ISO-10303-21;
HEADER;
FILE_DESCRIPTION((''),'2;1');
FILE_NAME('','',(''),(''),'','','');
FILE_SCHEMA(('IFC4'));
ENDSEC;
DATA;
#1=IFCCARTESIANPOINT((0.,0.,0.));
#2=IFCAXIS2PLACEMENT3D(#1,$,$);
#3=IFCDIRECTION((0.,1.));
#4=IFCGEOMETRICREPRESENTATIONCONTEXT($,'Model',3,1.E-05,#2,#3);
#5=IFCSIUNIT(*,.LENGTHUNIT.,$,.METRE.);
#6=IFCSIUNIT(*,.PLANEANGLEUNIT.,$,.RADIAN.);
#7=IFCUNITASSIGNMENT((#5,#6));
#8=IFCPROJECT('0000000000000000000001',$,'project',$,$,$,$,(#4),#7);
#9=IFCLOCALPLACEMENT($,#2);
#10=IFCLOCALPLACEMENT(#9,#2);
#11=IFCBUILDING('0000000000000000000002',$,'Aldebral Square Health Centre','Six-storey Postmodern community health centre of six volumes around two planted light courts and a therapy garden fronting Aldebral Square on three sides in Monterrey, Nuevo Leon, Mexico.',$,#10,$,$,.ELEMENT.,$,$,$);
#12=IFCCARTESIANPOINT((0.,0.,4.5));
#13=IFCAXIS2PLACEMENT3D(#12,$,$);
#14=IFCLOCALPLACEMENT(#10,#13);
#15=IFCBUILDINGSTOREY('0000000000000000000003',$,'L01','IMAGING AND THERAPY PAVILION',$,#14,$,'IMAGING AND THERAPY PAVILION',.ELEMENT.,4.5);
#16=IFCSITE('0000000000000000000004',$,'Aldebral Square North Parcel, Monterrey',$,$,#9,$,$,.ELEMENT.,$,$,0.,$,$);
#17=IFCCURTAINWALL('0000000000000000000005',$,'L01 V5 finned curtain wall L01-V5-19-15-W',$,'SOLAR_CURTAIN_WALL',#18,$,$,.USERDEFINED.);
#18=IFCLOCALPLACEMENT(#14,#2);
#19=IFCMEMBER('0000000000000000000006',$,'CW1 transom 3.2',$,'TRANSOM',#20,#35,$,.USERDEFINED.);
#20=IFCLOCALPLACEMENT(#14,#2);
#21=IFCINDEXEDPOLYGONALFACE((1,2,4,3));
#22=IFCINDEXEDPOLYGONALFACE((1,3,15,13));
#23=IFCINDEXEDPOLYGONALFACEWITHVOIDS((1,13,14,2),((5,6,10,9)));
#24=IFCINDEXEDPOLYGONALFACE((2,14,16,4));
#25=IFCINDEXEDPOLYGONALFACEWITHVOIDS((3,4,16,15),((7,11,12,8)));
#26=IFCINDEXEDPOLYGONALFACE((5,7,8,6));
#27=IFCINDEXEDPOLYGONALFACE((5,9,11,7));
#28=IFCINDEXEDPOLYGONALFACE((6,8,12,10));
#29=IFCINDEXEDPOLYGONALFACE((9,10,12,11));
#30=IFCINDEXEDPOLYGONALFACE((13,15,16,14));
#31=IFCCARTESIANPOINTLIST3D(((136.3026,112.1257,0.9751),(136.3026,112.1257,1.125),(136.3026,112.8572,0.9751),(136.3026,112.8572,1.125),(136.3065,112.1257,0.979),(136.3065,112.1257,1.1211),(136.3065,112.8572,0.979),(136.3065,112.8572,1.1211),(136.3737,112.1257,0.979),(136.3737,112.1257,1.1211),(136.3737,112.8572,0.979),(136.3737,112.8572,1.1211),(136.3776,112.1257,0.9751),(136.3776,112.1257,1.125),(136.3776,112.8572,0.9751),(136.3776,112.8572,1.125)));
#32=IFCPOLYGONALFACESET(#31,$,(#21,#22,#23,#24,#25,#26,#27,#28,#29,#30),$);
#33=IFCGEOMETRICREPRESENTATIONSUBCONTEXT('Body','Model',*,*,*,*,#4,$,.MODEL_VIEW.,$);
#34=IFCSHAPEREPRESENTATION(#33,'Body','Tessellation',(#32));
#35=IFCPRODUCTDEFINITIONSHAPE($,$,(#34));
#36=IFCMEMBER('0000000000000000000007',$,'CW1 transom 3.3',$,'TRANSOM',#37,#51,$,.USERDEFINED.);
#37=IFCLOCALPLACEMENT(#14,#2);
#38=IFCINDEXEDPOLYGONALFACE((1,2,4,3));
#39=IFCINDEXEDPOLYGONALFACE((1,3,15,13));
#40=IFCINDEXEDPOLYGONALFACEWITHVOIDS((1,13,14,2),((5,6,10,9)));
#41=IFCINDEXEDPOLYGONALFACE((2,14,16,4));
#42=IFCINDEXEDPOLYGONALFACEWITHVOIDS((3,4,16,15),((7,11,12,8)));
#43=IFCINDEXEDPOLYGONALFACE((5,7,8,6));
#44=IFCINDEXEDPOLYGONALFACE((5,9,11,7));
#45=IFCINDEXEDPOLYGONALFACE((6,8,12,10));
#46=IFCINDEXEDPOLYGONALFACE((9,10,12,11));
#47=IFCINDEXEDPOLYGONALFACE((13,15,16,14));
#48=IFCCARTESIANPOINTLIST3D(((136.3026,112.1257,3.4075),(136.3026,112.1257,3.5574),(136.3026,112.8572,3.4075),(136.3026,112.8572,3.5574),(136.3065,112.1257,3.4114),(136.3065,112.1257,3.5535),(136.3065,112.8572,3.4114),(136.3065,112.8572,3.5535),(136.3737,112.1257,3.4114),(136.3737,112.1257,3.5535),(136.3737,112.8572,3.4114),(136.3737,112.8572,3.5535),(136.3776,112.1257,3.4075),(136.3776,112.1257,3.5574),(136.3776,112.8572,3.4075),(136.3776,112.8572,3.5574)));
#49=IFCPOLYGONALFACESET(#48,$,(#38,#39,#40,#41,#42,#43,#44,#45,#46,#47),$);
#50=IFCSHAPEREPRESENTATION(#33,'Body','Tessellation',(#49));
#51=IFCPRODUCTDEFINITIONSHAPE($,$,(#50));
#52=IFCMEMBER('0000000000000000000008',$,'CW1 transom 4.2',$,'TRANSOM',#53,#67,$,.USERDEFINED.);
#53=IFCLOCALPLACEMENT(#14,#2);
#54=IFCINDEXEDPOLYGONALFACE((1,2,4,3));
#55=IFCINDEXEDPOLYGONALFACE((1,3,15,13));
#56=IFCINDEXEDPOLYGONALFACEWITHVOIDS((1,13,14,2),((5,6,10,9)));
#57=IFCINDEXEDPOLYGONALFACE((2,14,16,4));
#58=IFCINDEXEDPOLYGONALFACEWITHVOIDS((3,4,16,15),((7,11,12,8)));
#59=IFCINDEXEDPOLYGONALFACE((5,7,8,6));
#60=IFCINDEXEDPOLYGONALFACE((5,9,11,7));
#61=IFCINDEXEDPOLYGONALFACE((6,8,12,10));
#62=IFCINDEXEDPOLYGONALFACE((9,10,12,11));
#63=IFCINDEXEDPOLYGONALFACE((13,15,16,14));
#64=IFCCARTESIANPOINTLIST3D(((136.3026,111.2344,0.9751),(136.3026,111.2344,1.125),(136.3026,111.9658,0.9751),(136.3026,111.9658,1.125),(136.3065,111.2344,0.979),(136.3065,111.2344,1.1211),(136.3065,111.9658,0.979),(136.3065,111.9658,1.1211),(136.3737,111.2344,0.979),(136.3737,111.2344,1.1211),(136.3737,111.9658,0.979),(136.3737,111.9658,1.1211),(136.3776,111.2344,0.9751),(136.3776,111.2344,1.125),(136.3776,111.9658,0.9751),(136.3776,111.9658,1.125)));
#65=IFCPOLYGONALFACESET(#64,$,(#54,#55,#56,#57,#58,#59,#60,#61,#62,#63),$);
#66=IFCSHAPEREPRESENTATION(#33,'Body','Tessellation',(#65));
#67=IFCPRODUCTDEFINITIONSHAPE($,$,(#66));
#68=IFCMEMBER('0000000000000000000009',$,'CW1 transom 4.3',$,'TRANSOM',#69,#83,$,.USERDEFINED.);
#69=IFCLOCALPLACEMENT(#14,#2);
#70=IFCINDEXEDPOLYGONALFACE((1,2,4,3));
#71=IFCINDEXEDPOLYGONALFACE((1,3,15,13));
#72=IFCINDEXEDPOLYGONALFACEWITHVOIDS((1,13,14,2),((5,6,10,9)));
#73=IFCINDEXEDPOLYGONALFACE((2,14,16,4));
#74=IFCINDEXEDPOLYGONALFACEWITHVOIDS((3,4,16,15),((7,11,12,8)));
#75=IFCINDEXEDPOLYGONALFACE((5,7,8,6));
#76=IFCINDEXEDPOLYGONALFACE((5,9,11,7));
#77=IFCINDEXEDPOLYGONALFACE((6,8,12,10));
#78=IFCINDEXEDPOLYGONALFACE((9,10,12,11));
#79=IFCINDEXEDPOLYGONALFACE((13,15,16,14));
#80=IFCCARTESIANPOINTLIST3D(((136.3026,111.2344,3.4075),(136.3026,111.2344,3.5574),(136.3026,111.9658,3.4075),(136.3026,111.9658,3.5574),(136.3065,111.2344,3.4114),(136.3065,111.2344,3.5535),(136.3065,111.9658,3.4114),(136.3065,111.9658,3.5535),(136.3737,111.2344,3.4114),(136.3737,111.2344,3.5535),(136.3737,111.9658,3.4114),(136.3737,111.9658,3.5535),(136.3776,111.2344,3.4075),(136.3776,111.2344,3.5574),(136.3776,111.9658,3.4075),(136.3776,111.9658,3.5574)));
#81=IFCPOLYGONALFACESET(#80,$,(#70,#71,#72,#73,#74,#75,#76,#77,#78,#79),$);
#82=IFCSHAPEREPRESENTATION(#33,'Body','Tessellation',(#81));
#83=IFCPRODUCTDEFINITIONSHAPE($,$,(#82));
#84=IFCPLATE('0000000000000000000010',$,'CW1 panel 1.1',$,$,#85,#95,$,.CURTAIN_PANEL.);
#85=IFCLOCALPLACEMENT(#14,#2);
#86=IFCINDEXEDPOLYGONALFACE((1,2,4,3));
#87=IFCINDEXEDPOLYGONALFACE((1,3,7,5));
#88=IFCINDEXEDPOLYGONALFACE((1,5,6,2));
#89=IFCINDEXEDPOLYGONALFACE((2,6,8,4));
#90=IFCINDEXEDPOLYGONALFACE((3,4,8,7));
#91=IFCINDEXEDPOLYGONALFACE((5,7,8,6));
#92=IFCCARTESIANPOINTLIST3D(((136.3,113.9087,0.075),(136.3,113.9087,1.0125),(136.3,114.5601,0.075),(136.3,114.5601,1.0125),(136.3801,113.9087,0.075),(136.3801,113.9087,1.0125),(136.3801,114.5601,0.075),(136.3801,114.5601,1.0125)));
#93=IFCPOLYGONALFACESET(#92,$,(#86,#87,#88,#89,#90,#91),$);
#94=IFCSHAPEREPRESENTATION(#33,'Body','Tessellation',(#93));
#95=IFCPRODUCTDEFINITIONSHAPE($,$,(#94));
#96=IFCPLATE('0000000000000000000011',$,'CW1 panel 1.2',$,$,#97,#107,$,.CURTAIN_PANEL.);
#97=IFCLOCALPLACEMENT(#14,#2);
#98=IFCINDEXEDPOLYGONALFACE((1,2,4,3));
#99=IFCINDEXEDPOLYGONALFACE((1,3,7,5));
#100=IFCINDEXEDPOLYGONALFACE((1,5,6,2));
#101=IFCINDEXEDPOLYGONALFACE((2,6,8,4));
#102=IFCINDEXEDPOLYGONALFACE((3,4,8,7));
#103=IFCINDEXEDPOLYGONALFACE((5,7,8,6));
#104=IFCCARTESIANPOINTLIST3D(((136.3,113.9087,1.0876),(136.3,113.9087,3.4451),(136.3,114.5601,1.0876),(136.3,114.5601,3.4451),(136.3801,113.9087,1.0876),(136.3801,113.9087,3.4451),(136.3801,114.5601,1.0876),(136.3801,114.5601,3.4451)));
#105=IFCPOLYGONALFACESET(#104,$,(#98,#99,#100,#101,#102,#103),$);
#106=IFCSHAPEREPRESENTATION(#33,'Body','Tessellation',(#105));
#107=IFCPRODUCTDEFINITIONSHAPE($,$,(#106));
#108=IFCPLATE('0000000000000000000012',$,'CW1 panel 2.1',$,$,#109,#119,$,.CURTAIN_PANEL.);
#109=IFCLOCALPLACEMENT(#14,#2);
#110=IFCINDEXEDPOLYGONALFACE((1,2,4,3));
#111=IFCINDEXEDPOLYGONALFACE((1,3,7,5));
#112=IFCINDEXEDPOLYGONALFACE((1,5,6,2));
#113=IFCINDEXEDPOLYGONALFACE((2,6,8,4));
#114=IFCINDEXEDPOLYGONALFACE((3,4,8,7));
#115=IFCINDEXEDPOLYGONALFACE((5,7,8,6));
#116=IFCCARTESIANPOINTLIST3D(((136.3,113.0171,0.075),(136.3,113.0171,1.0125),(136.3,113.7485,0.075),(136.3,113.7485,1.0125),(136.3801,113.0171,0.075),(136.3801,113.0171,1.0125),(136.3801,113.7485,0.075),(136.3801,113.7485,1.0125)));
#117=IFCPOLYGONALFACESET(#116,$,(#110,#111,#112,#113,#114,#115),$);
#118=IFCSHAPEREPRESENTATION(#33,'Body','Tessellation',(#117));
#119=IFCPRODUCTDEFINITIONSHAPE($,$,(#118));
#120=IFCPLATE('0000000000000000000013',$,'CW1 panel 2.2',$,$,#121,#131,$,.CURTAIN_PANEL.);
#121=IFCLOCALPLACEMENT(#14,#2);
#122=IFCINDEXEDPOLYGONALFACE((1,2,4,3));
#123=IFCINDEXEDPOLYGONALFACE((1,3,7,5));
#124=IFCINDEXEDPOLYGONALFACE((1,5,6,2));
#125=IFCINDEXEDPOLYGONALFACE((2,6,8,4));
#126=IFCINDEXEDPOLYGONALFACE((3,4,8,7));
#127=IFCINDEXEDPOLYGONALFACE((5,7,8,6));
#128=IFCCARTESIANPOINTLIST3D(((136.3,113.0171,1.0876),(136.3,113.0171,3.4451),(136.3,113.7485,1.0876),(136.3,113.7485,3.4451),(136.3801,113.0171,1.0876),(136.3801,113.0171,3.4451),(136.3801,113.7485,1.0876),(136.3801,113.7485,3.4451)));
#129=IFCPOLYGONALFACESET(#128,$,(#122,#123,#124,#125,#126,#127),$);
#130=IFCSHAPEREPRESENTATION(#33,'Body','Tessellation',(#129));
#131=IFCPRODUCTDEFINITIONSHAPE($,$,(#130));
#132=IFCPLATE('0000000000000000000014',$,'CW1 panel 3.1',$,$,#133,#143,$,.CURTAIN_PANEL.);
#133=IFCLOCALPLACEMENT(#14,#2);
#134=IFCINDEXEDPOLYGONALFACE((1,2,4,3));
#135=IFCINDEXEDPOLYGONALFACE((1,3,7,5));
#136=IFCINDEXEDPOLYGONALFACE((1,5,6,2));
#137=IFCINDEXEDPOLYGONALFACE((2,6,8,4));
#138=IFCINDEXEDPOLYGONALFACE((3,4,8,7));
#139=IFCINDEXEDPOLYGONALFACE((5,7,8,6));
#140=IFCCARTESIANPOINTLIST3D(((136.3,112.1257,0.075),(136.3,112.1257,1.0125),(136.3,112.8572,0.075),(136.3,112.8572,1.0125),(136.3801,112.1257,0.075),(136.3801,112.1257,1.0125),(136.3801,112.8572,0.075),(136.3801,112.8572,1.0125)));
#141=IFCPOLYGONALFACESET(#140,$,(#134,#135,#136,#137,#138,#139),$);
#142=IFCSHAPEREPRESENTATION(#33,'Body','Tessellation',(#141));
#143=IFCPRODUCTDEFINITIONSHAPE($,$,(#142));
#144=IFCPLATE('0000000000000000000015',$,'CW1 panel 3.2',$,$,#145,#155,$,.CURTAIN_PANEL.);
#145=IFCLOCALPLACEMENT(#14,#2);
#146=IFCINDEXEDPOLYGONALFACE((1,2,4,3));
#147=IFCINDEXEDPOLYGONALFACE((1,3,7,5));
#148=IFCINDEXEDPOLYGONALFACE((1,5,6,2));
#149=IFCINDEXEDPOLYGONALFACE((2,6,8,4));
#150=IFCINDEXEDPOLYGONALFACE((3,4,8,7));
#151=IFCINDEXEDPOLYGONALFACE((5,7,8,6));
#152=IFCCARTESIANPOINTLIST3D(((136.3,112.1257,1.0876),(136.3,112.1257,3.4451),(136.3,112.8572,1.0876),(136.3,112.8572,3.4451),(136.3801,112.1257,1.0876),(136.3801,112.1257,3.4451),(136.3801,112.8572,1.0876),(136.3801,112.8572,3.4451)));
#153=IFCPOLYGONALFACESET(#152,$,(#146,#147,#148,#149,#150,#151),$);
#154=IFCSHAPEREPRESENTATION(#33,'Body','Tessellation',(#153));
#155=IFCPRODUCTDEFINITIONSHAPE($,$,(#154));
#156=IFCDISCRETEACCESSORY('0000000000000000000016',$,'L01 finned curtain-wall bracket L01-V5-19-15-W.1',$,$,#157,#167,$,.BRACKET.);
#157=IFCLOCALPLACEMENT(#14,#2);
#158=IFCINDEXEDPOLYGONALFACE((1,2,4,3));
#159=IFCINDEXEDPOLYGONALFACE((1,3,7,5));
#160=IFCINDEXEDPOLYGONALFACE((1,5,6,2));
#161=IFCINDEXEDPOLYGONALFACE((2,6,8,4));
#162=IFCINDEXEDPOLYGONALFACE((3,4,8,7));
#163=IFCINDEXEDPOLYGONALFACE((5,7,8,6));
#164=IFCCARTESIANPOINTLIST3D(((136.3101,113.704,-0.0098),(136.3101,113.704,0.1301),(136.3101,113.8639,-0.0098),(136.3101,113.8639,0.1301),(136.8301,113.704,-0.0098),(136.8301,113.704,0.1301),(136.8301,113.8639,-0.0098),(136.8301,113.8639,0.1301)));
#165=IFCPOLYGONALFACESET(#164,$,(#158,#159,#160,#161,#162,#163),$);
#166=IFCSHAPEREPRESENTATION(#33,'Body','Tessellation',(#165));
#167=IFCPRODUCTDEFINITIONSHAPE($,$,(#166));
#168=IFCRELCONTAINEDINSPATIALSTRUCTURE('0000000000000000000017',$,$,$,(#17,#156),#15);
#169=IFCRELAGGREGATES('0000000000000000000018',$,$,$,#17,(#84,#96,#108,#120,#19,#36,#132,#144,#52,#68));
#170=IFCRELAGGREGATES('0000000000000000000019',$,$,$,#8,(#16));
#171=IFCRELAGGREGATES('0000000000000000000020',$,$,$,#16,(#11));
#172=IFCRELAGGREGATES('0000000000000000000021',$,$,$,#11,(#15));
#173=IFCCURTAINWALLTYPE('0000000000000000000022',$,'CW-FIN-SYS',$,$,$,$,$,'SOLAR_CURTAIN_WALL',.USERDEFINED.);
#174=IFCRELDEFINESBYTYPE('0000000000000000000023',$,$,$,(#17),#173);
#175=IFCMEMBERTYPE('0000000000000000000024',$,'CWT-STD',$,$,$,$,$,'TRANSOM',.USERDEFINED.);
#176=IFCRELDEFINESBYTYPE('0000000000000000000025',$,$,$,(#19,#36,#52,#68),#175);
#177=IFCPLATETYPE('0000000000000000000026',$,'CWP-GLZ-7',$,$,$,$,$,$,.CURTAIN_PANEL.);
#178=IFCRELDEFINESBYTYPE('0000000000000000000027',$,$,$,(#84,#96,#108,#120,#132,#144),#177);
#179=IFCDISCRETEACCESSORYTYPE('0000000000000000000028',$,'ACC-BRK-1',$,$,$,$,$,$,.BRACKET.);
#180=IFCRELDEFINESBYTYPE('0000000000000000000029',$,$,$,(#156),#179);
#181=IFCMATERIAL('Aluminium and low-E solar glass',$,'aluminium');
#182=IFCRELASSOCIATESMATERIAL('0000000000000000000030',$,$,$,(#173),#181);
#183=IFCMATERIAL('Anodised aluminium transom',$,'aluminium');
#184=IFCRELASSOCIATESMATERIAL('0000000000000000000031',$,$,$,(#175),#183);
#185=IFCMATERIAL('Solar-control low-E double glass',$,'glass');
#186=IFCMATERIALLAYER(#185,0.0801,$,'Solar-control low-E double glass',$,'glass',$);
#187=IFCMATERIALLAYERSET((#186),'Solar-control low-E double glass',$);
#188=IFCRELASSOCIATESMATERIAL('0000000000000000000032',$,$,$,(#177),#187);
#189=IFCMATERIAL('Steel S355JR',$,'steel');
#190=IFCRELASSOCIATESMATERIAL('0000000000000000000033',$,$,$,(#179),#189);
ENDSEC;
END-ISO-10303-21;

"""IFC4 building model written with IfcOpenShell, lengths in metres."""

from ifc_helpers import new_model, si_unit, direction, frame, origin, origin_2d, place, context, subcontext, project, spatial, rectangle, hollow_rectangle, extrude, material, layer, layer_set, material_profile, profile_set, type_object, element, aggregate, save


model = new_model("IFC4")

# Units and contexts
model_context = context("Model", 3, precision=1e-05, world=origin(), true_north=direction((0.0, 1.0)))
body_context = subcontext(model_context, "Body", "Model", "MODEL_VIEW")
ifc_project = project(units=[si_unit("LENGTHUNIT", "METRE"), si_unit("PLANEANGLEUNIT", "RADIAN")], contexts=[model_context])

# Site, building, storey
site_placement = place(None, origin())
site = spatial("IfcSite", under=ifc_project, at=site_placement, Name="Aldebral Square North Parcel, Monterrey", CompositionType="ELEMENT", RefElevation=0.0)
building_placement = place(site_placement, origin())
building = spatial("IfcBuilding", under=site, at=building_placement, Name="Aldebral Square Health Centre", Description="Six-storey Postmodern community health centre of six volumes around two planted light courts and a therapy garden fronting Aldebral Square on three sides in Monterrey, Nuevo Leon, Mexico.", CompositionType="ELEMENT")
storey_placement = place(building_placement, frame((0.0, 0.0, 4.5)))
storey = spatial("IfcBuildingStorey", under=building, at=storey_placement, Name="L01", Description="IMAGING AND THERAPY PAVILION", LongName="IMAGING AND THERAPY PAVILION", CompositionType="ELEMENT", Elevation=4.5)

# Curtain wall, members, plates
ifc_material_1 = material(Name="Aluminium and low-E solar glass", Category="aluminium")
curtain_wall_type = type_object("IfcCurtainWallType", Name="CW-FIN-SYS", ElementType="SOLAR_CURTAIN_WALL", PredefinedType="USERDEFINED", material=ifc_material_1)
curtain_wall_placement = place(storey_placement, origin())
curtain_wall = element("IfcCurtainWall", 1, at=curtain_wall_placement, inside=storey, type_object=curtain_wall_type, Name="L01 V5 finned curtain wall L01-V5-19-15-W", ObjectType="SOLAR_CURTAIN_WALL", PredefinedType="USERDEFINED")
ifc_material_2 = material(Name="Anodised aluminium transom", Category="aluminium")
ifc_material_profile_1 = material_profile(ifc_material_2, hollow_rectangle(XDim=0.075, YDim=0.1499, WallThickness=0.0039, at=origin_2d()), Name="CWT 75x150x4")
ifc_profile_set_1 = profile_set([ifc_material_profile_1], Name="Anodised aluminium transom")
member_type_1 = type_object("IfcMemberType", Name="CWT-STD", ElementType="TRANSOM", PredefinedType="USERDEFINED", material=ifc_profile_set_1)
member_1_placement = place(storey_placement, frame((136.3401, 112.8572, 1.05), z_axis=(0.0, -1.0, 0.0), x_axis=(1.0, 0.0, 0.0)))
member_1 = element("IfcMember", 2, at=member_1_placement, type_object=member_type_1, Name="CW1 transom 3.2", ObjectType="TRANSOM", PredefinedType="USERDEFINED", context=body_context, shape_type="SweptSolid", body=[
    extrude(hollow_rectangle(XDim=0.075, YDim=0.1499, WallThickness=0.0039, at=origin_2d()), origin(), (0.0, 0.0, 1.0), 0.7314),
])
member_2_placement = place(storey_placement, frame((136.3401, 112.8572, 3.4824), z_axis=(0.0, -1.0, 0.0), x_axis=(1.0, 0.0, 0.0)))
member_2 = element("IfcMember", 3, at=member_2_placement, type_object=member_type_1, Name="CW1 transom 3.3", ObjectType="TRANSOM", PredefinedType="USERDEFINED", context=body_context, shape_type="SweptSolid", body=[
    extrude(hollow_rectangle(XDim=0.075, YDim=0.1499, WallThickness=0.0039, at=origin_2d()), origin(), (0.0, 0.0, 1.0), 0.7314),
])
member_3_placement = place(storey_placement, frame((136.3401, 111.9658, 1.05), z_axis=(0.0, -1.0, 0.0), x_axis=(1.0, 0.0, 0.0)))
member_3 = element("IfcMember", 4, at=member_3_placement, type_object=member_type_1, Name="CW1 transom 4.2", ObjectType="TRANSOM", PredefinedType="USERDEFINED", context=body_context, shape_type="SweptSolid", body=[
    extrude(hollow_rectangle(XDim=0.075, YDim=0.1499, WallThickness=0.0039, at=origin_2d()), origin(), (0.0, 0.0, 1.0), 0.7314),
])
member_4_placement = place(storey_placement, frame((136.3401, 111.9658, 3.4824), z_axis=(0.0, -1.0, 0.0), x_axis=(1.0, 0.0, 0.0)))
member_4 = element("IfcMember", 5, at=member_4_placement, type_object=member_type_1, Name="CW1 transom 4.3", ObjectType="TRANSOM", PredefinedType="USERDEFINED", context=body_context, shape_type="SweptSolid", body=[
    extrude(hollow_rectangle(XDim=0.075, YDim=0.1499, WallThickness=0.0039, at=origin_2d()), origin(), (0.0, 0.0, 1.0), 0.7314),
])
ifc_material_3 = material(Name="Solar-control low-E double glass", Category="glass")
ifc_layer = layer(ifc_material_3, 0.0801, Name="Solar-control low-E double glass", Category="glass")
ifc_layer_set = layer_set([ifc_layer], Name="Solar-control low-E double glass")
plate_type = type_object("IfcPlateType", Name="CWP-GLZ-7", PredefinedType="CURTAIN_PANEL", material=ifc_layer_set)
plate_1_placement = place(storey_placement, frame((136.3401, 114.2344, 0.075), z_axis=(0.0, 0.0, 1.0), x_axis=(0.0, -1.0, 0.0)))
plate_1 = element("IfcPlate", 6, at=plate_1_placement, type_object=plate_type, Name="CW1 panel 1.1", PredefinedType="CURTAIN_PANEL", context=body_context, shape_type="SweptSolid", body=[
    extrude(rectangle(XDim=0.6514, YDim=0.0801, at=origin_2d()), origin(), (0.0, 0.0, 1.0), 0.9375),
])
plate_2_placement = place(storey_placement, frame((136.3401, 114.2344, 1.0876), z_axis=(0.0, 0.0, 1.0), x_axis=(0.0, -1.0, 0.0)))
plate_2 = element("IfcPlate", 7, at=plate_2_placement, type_object=plate_type, Name="CW1 panel 1.2", PredefinedType="CURTAIN_PANEL", context=body_context, shape_type="SweptSolid", body=[
    extrude(rectangle(XDim=0.6514, YDim=0.0801, at=origin_2d()), origin(), (0.0, 0.0, 1.0), 2.3574),
])
plate_3_placement = place(storey_placement, frame((136.3401, 113.3828, 0.075), z_axis=(0.0, 0.0, 1.0), x_axis=(0.0, -1.0, 0.0)))
plate_3 = element("IfcPlate", 8, at=plate_3_placement, type_object=plate_type, Name="CW1 panel 2.1", PredefinedType="CURTAIN_PANEL", context=body_context, shape_type="SweptSolid", body=[
    extrude(rectangle(XDim=0.7314, YDim=0.0801, at=origin_2d()), origin(), (0.0, 0.0, 1.0), 0.9375),
])
plate_4_placement = place(storey_placement, frame((136.3401, 113.3828, 1.0876), z_axis=(0.0, 0.0, 1.0), x_axis=(0.0, -1.0, 0.0)))
plate_4 = element("IfcPlate", 9, at=plate_4_placement, type_object=plate_type, Name="CW1 panel 2.2", PredefinedType="CURTAIN_PANEL", context=body_context, shape_type="SweptSolid", body=[
    extrude(rectangle(XDim=0.7314, YDim=0.0801, at=origin_2d()), origin(), (0.0, 0.0, 1.0), 2.3574),
])
plate_5_placement = place(storey_placement, frame((136.3401, 112.4915, 0.075), z_axis=(0.0, 0.0, 1.0), x_axis=(0.0, -1.0, 0.0)))
plate_5 = element("IfcPlate", 10, at=plate_5_placement, type_object=plate_type, Name="CW1 panel 3.1", PredefinedType="CURTAIN_PANEL", context=body_context, shape_type="SweptSolid", body=[
    extrude(rectangle(XDim=0.7314, YDim=0.0801, at=origin_2d()), origin(), (0.0, 0.0, 1.0), 0.9375),
])
plate_6_placement = place(storey_placement, frame((136.3401, 112.4915, 1.0876), z_axis=(0.0, 0.0, 1.0), x_axis=(0.0, -1.0, 0.0)))
plate_6 = element("IfcPlate", 11, at=plate_6_placement, type_object=plate_type, Name="CW1 panel 3.2", PredefinedType="CURTAIN_PANEL", context=body_context, shape_type="SweptSolid", body=[
    extrude(rectangle(XDim=0.7314, YDim=0.0801, at=origin_2d()), origin(), (0.0, 0.0, 1.0), 2.3574),
])
aggregate(curtain_wall, [plate_1, plate_2, plate_3, plate_4, member_1, member_2, plate_5, plate_6, member_3, member_4])

# Discrete accessory
ifc_material_4 = material(Name="Steel S355JR", Category="steel")
discrete_accessory_type = type_object("IfcDiscreteAccessoryType", Name="ACC-BRK-1", PredefinedType="BRACKET", material=ifc_material_4)
discrete_accessory_placement = place(storey_placement, frame((136.5701, 113.7839, -0.0098), z_axis=(0.0, 0.0, 1.0), x_axis=(0.0, 1.0, 0.0)))
element("IfcDiscreteAccessory", 12, at=discrete_accessory_placement, inside=storey, type_object=discrete_accessory_type, Name="L01 finned curtain-wall bracket L01-V5-19-15-W.1", PredefinedType="BRACKET", context=body_context, shape_type="SweptSolid", body=[
    extrude(rectangle(XDim=0.1599, YDim=0.52, at=origin_2d()), origin(), (0.0, 0.0, 1.0), 0.1399),
])

save(model, "model.ifc")
